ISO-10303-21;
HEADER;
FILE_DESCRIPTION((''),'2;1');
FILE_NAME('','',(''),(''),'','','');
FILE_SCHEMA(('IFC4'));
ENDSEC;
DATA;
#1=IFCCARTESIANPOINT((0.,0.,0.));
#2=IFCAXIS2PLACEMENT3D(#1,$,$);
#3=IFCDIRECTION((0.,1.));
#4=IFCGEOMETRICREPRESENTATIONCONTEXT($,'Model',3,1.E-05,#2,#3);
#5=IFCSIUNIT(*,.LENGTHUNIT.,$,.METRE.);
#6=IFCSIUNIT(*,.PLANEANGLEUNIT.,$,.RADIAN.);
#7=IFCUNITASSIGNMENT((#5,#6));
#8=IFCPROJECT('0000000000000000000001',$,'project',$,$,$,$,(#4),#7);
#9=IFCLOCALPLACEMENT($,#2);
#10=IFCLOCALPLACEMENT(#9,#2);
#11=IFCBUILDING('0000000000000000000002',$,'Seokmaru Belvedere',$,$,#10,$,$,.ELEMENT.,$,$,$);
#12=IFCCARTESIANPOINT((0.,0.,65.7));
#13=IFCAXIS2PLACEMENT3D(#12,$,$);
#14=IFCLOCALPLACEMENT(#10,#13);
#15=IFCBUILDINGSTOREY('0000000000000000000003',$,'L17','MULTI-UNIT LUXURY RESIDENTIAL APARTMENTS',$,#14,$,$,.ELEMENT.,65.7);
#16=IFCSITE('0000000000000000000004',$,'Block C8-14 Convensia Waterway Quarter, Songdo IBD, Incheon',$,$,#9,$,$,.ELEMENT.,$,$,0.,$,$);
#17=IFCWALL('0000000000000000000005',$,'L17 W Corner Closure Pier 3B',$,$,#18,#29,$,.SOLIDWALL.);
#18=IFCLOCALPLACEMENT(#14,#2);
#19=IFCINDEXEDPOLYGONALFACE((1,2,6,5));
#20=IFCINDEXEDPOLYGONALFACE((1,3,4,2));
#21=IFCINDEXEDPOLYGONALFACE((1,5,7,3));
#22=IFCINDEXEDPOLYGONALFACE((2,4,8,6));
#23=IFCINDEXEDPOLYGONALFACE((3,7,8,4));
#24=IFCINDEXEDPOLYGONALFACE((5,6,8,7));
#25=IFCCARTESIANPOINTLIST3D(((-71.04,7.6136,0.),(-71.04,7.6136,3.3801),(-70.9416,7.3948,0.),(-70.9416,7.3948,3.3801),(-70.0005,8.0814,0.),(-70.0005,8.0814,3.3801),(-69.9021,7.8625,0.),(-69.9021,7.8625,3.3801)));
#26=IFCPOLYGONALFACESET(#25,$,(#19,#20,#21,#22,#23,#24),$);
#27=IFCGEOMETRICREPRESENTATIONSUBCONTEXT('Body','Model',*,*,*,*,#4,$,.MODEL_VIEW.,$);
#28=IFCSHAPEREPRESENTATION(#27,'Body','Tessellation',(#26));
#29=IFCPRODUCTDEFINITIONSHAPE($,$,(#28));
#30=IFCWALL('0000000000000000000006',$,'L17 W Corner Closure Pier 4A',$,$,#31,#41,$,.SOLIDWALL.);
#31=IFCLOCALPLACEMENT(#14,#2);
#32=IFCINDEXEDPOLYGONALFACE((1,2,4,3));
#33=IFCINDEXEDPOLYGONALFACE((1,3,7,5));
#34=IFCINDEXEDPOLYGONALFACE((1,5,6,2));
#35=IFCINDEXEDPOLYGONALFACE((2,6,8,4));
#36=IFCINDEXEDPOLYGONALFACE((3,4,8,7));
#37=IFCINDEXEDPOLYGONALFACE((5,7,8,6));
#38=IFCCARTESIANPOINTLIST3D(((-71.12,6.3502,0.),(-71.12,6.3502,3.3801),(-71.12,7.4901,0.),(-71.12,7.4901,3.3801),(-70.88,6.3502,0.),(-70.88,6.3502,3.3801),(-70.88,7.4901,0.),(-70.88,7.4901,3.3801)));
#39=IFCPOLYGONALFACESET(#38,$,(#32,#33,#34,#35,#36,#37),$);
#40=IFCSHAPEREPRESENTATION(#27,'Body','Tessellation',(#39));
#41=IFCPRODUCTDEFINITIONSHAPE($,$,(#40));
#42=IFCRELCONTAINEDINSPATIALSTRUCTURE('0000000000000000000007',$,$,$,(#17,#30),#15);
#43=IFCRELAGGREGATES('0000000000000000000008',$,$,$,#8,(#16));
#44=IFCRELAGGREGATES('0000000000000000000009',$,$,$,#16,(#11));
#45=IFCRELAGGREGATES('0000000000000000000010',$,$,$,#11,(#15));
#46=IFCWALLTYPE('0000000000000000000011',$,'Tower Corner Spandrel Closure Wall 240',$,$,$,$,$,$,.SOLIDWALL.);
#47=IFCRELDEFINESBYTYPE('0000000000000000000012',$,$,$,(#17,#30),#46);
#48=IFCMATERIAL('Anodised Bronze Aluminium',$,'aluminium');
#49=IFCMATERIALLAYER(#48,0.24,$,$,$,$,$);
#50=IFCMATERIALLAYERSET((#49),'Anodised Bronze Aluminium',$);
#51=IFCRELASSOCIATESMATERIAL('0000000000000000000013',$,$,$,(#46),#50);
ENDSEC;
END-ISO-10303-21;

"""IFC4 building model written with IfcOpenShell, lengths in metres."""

from ifc_helpers import new_model, si_unit, direction, frame, frame_2d, origin, place, context, subcontext, project, spatial, rectangle, extrude, material, layer, layer_set, type_object, element, save


model = new_model("IFC4")

# Units and contexts
model_context = context("Model", 3, precision=1e-05, world=origin(), true_north=direction((0.0, 1.0)))
body_context = subcontext(model_context, "Body", "Model", "MODEL_VIEW")
ifc_project = project(units=[si_unit("LENGTHUNIT", "METRE"), si_unit("PLANEANGLEUNIT", "RADIAN")], contexts=[model_context])

# Site, building, storey
site_placement = place(None, origin())
site = spatial("IfcSite", under=ifc_project, at=site_placement, Name="Block C8-14 Convensia Waterway Quarter, Songdo IBD, Incheon", CompositionType="ELEMENT", RefElevation=0.0)
building_placement = place(site_placement, origin())
building = spatial("IfcBuilding", under=site, at=building_placement, Name="Seokmaru Belvedere", CompositionType="ELEMENT")
storey_placement = place(building_placement, frame((0.0, 0.0, 65.7)))
storey = spatial("IfcBuildingStorey", under=building, at=storey_placement, Name="L17", Description="MULTI-UNIT LUXURY RESIDENTIAL APARTMENTS", CompositionType="ELEMENT", Elevation=65.7)

# Shared definitions
ifc_material_1 = material(Name="Anodised Bronze Aluminium", Category="aluminium")

# Walls
ifc_layer_1 = layer(ifc_material_1, 0.24)
ifc_layer_set_1 = layer_set([ifc_layer_1], Name="Anodised Bronze Aluminium")
wall_type_1 = type_object("IfcWallType", Name="Tower Corner Spandrel Closure Wall 240", PredefinedType="SOLIDWALL", material=ifc_layer_set_1)
for number, where, z_axis, x_axis, name in (
    (1, (-69.9514, 7.9719, 0.0), (0.0, 0.0, 1.0), (-0.91193, -0.410347, 0.0), "L17 W Corner Closure Pier 3B"),
    (2, (-71.0, 7.49, 0.0), (0.0, 0.0, 1.0), (0.0, -1.0, 0.0), "L17 W Corner Closure Pier 4A"),
):
    element("IfcWall", number, at=place(storey_placement, frame(where, z_axis=z_axis, x_axis=x_axis)), inside=storey, type_object=wall_type_1, Name=name, PredefinedType="SOLIDWALL", context=body_context, shape_type="SweptSolid", body=[
        extrude(rectangle(XDim=1.1399, YDim=0.24, at=frame_2d((0.5698, 0.0))), origin(), (0.0, 0.0, 1.0), 3.3801),
    ])

save(model, "model.ifc")
